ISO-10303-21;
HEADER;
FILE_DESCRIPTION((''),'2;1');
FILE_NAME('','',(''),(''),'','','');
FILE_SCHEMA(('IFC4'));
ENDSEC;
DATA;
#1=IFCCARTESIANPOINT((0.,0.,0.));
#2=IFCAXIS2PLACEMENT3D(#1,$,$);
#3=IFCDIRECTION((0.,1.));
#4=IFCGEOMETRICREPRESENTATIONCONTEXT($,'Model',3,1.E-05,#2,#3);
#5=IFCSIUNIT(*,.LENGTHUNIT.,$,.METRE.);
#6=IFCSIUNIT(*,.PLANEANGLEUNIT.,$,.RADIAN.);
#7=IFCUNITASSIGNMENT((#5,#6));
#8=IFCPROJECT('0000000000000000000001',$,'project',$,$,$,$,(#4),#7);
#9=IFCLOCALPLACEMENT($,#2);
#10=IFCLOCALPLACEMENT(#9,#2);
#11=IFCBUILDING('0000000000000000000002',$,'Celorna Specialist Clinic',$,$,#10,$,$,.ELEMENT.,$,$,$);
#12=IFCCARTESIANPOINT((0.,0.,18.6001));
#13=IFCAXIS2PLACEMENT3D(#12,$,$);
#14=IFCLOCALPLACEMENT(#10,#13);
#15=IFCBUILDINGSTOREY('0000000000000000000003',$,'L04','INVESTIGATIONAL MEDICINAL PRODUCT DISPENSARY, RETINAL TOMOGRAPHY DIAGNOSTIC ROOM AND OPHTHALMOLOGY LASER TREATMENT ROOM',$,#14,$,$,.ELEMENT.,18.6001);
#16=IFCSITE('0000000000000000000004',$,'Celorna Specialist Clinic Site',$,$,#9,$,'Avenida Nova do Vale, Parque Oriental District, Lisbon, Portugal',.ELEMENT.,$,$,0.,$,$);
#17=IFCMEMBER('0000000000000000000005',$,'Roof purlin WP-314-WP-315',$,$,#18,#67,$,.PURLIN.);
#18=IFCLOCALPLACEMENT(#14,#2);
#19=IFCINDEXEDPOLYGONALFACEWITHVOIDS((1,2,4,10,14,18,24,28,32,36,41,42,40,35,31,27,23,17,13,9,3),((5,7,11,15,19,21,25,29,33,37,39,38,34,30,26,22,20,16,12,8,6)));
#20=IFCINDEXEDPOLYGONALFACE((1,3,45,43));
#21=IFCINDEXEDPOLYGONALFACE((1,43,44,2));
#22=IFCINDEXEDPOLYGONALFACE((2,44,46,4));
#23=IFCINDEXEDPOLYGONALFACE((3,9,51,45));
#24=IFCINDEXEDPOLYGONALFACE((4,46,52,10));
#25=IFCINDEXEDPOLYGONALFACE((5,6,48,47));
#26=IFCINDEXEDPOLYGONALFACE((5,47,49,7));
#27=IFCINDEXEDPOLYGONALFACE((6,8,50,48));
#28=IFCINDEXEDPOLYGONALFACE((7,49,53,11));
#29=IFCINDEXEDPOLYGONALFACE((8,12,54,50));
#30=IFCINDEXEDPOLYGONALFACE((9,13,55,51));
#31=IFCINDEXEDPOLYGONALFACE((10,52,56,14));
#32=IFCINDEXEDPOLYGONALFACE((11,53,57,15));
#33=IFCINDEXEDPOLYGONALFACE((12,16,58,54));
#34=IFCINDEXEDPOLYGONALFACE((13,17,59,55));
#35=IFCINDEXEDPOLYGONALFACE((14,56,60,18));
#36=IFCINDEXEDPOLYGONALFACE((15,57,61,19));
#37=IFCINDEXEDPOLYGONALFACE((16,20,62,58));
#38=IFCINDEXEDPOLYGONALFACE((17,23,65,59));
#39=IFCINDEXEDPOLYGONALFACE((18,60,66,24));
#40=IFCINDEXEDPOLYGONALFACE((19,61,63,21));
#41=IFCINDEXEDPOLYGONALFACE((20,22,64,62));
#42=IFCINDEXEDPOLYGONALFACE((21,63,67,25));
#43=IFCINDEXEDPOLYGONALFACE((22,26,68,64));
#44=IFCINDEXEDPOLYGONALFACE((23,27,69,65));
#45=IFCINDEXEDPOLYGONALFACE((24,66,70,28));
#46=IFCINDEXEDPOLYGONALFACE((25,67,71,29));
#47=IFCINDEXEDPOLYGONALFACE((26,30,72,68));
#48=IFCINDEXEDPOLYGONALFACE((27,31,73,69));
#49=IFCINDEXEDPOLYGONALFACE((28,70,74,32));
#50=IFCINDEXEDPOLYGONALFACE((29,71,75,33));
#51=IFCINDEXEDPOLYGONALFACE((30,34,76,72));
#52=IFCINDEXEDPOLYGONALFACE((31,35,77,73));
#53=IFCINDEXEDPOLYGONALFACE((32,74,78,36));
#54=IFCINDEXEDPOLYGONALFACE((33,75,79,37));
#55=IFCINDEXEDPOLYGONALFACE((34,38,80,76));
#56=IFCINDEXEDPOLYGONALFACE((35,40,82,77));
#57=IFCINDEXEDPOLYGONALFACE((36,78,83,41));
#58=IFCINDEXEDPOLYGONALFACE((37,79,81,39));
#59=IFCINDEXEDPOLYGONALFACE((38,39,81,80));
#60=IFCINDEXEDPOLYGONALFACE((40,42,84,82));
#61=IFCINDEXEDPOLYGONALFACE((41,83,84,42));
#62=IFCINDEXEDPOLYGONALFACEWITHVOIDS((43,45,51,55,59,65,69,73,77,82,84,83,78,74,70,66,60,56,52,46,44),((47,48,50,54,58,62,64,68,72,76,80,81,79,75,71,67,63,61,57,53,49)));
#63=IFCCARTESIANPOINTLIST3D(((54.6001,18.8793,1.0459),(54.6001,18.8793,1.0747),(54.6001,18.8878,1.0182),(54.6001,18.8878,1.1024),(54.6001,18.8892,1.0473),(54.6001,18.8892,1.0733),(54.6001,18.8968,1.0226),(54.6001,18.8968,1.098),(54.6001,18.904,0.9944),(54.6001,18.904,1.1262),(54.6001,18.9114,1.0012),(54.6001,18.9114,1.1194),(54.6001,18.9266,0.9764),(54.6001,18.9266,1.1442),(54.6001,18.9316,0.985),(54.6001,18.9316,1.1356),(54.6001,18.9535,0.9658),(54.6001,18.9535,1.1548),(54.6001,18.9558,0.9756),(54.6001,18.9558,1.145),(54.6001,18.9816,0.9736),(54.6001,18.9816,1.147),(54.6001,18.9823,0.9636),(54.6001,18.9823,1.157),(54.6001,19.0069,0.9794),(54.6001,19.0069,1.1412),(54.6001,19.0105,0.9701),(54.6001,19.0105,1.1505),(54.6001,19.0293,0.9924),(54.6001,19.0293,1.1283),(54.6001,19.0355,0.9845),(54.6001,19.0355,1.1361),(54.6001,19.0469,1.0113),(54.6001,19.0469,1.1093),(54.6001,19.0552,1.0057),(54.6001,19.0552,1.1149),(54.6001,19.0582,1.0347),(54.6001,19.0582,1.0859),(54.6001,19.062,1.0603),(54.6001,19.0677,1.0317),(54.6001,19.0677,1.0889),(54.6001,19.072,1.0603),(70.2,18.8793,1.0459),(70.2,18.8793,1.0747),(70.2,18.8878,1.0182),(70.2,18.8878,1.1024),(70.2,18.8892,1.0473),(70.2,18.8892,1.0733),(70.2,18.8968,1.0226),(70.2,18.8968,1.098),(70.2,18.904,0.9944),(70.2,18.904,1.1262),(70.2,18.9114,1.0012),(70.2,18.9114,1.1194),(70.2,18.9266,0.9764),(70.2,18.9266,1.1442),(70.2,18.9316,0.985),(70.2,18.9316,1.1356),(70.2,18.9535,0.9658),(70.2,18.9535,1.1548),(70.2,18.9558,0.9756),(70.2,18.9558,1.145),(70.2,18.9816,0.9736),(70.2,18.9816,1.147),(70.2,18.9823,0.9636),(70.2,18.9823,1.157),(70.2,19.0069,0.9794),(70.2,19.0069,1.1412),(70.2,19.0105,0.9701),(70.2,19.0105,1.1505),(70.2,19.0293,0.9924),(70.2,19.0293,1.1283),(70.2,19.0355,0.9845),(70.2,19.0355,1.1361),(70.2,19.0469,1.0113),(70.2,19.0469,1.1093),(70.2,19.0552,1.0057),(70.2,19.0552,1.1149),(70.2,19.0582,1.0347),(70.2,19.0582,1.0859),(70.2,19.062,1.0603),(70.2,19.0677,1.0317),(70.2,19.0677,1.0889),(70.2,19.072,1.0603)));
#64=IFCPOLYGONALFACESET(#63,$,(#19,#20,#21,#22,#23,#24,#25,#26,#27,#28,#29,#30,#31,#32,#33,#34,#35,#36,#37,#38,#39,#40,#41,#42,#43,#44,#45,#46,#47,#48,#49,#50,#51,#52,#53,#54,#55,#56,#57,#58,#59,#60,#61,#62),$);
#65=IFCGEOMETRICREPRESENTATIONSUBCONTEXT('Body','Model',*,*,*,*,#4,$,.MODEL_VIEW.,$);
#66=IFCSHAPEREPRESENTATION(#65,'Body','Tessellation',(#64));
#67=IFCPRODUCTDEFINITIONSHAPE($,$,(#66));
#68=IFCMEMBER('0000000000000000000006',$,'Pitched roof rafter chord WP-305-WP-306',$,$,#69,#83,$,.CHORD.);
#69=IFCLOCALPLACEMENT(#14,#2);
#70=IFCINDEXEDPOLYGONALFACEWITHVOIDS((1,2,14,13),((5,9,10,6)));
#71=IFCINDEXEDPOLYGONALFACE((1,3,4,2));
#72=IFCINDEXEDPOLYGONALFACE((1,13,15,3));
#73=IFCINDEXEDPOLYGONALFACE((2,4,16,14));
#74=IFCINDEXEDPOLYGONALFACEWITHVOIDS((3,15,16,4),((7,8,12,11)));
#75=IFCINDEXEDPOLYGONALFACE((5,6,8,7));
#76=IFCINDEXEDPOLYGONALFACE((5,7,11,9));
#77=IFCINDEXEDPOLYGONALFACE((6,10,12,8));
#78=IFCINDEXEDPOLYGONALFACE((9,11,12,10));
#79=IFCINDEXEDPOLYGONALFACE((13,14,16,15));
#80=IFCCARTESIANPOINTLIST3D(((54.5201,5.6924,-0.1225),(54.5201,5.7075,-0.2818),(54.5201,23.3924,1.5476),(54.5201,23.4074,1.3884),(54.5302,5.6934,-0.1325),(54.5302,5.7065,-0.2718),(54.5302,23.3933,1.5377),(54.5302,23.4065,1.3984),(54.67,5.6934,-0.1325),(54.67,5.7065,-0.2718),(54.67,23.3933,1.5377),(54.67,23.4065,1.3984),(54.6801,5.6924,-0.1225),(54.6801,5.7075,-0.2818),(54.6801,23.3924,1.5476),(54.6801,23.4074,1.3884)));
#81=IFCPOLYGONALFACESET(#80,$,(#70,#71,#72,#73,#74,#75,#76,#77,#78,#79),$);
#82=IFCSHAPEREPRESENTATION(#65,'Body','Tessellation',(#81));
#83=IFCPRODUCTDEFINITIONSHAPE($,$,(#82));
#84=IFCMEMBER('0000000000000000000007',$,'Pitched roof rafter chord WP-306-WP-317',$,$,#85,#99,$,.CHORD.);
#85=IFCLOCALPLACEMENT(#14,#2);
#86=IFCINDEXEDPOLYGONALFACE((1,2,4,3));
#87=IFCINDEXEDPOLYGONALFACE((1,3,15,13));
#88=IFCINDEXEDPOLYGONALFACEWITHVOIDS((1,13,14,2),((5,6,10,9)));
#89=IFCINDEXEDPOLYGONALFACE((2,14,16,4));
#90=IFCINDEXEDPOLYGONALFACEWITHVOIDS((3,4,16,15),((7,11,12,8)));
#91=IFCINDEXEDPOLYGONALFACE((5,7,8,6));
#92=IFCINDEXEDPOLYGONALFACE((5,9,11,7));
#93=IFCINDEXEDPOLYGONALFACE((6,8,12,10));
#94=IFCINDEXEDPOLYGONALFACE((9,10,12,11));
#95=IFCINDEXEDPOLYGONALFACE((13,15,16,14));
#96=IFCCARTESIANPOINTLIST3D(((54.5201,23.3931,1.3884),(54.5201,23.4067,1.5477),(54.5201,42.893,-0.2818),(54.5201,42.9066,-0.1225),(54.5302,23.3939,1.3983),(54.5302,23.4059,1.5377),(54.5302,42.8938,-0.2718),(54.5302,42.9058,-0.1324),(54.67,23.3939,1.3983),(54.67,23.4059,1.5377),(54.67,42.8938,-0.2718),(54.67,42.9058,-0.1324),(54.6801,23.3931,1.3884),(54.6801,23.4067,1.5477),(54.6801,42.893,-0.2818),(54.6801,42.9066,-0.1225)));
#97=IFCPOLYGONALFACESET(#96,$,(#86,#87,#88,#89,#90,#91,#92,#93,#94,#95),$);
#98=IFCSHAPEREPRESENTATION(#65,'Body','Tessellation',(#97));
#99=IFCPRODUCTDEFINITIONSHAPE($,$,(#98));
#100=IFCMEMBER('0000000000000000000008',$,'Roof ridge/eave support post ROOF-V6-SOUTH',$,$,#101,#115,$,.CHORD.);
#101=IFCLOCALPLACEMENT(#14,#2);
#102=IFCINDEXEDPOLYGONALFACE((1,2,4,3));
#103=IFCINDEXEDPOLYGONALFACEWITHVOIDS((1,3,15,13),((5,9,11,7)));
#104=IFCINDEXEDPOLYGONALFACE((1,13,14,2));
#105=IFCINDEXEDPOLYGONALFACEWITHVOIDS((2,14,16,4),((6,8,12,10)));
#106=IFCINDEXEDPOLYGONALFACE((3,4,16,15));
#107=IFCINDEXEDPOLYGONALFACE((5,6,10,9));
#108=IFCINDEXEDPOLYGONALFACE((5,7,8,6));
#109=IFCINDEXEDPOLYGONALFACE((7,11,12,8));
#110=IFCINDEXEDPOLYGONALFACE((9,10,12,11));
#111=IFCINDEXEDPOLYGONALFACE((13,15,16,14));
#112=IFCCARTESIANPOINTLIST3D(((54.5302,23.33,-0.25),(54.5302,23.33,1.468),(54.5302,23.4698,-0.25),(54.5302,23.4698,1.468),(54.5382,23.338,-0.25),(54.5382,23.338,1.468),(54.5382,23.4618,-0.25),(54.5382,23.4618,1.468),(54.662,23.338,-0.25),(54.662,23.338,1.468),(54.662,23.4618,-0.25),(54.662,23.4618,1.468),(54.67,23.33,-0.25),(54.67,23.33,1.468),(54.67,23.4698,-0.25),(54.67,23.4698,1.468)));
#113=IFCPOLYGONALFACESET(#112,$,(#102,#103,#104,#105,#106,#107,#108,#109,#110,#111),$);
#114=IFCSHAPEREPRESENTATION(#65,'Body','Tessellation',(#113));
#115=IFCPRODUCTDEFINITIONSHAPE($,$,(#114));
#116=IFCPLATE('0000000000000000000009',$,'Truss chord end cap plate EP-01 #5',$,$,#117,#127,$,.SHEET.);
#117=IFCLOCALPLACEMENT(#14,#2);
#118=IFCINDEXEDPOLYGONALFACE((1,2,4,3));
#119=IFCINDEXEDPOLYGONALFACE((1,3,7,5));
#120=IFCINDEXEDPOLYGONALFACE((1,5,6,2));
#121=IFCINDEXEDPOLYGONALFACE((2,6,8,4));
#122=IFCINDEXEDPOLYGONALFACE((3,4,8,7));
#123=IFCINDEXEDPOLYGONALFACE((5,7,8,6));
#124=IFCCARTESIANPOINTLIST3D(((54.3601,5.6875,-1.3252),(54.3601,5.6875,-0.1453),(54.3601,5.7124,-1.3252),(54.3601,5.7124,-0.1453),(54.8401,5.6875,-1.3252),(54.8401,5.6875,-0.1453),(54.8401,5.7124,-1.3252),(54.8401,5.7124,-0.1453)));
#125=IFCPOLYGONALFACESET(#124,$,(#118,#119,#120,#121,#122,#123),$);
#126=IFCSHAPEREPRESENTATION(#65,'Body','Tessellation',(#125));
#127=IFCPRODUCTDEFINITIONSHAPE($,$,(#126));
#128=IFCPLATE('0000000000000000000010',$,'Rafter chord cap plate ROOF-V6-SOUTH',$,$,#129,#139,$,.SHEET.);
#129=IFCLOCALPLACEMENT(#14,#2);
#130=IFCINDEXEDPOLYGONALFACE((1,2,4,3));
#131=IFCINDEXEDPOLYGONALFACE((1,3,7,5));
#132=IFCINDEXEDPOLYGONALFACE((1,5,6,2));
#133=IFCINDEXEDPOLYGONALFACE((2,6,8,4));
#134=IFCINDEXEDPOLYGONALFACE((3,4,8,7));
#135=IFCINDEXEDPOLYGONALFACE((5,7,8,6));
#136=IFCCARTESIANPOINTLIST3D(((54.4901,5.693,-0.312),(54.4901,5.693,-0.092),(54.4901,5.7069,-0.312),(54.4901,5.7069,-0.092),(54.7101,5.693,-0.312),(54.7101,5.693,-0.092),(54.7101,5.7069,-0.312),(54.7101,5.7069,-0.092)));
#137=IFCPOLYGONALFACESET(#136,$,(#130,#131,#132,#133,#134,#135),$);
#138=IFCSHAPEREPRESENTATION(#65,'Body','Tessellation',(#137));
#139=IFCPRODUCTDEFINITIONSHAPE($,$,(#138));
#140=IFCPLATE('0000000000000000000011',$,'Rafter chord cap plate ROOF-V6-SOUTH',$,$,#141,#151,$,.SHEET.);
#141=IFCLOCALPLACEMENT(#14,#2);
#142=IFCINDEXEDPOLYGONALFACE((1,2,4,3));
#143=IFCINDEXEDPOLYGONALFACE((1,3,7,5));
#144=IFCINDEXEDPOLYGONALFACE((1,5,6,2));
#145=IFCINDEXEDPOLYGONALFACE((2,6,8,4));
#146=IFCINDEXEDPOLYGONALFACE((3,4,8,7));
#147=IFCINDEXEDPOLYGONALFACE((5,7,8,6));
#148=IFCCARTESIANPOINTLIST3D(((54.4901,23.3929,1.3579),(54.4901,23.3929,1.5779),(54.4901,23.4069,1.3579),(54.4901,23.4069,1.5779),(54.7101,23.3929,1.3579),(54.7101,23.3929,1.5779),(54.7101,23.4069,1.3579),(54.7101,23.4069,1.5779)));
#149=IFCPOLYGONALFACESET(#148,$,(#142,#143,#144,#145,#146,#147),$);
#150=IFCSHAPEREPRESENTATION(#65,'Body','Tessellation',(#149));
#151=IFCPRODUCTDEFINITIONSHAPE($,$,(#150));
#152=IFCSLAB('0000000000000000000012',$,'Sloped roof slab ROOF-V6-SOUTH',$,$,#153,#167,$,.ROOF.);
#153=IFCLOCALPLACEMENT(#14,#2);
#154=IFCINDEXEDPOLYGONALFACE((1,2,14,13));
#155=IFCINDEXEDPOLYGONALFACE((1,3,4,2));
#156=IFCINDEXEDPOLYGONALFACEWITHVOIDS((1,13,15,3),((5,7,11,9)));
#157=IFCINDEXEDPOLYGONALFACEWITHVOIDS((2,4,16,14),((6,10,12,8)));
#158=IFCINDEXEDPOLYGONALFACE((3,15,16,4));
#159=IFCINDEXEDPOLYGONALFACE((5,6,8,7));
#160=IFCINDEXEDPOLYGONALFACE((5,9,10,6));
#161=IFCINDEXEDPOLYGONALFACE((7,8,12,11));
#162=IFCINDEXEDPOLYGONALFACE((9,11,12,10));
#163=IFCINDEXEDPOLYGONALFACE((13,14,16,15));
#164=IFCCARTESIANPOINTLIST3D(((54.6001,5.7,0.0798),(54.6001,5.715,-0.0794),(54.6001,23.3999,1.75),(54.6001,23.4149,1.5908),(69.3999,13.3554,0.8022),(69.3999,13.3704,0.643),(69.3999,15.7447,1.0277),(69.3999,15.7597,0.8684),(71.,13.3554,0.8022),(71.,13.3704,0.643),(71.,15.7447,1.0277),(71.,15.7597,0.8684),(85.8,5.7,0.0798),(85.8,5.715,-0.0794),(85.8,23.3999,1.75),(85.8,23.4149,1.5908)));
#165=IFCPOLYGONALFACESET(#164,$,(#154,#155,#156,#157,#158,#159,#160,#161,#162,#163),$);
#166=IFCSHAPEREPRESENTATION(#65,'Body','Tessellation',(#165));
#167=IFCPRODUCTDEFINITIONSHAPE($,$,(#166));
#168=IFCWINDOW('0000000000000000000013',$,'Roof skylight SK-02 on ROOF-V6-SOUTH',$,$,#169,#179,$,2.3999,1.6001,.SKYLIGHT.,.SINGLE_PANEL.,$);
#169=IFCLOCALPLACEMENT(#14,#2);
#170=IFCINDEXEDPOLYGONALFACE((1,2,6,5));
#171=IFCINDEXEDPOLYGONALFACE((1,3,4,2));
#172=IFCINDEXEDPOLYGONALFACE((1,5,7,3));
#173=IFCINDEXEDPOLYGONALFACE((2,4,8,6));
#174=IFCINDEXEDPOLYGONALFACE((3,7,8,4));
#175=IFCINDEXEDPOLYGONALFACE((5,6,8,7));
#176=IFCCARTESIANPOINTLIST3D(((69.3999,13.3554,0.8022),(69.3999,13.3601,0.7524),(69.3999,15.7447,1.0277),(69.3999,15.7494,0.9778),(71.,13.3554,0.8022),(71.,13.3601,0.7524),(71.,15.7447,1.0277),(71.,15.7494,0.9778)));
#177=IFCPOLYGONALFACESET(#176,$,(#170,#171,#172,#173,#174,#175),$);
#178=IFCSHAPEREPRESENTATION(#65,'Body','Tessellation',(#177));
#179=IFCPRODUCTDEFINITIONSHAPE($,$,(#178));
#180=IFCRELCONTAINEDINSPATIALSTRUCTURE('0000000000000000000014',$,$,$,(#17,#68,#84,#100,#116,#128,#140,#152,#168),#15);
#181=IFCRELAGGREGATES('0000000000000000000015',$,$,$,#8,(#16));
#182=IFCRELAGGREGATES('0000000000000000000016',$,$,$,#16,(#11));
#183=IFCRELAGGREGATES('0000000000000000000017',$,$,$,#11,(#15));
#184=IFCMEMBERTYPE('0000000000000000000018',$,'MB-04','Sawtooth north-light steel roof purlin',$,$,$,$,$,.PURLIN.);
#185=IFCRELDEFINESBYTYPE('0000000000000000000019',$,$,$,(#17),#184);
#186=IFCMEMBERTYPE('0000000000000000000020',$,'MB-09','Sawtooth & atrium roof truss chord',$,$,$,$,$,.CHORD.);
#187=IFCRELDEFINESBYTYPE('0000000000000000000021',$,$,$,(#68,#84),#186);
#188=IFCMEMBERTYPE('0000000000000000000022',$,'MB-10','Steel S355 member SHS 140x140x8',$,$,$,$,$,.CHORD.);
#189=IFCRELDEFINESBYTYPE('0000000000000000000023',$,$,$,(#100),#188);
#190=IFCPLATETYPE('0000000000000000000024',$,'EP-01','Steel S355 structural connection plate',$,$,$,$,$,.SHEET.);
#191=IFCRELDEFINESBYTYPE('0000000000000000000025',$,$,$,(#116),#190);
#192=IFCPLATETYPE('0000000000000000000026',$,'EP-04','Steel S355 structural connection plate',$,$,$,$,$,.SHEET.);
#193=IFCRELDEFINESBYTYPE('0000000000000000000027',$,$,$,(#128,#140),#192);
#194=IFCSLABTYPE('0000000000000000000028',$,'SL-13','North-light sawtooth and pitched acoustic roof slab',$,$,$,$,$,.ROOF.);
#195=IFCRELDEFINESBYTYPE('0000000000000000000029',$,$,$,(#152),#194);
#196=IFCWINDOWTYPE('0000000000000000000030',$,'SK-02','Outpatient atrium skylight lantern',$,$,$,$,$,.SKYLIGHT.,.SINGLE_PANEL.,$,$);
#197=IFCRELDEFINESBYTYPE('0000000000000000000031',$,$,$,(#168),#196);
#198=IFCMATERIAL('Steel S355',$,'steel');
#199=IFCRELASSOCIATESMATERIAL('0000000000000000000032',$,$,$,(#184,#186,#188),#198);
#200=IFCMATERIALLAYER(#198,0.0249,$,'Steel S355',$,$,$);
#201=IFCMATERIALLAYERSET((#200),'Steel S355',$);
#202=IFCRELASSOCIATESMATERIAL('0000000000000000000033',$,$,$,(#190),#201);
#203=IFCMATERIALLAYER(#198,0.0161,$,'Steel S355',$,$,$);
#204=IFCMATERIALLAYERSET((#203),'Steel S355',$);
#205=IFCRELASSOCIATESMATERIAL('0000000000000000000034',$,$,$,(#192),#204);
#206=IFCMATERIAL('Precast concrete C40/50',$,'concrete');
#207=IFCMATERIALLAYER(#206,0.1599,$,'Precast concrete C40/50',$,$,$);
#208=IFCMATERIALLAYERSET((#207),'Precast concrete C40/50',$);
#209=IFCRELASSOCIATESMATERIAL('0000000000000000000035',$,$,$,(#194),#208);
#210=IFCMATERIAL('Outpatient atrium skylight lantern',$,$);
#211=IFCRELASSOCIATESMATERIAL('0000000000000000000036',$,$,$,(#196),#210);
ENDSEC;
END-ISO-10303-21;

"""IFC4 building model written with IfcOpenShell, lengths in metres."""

from ifc_helpers import new_model, si_unit, direction, frame, origin, origin_2d, place, context, subcontext, project, spatial, polyline, rectangle, hollow_rectangle, hollow_circle, outline, extrude, material, layer, layer_set, material_profile, profile_set, type_object, element, fill, save


model = new_model("IFC4")

# Units and contexts
model_context = context("Model", 3, precision=1e-05, world=origin(), true_north=direction((0.0, 1.0)))
body_context = subcontext(model_context, "Body", "Model", "MODEL_VIEW")
ifc_project = project(units=[si_unit("LENGTHUNIT", "METRE"), si_unit("PLANEANGLEUNIT", "RADIAN")], contexts=[model_context])

# Site, building, storey
site_placement = place(None, origin())
site = spatial("IfcSite", under=ifc_project, at=site_placement, Name="Celorna Specialist Clinic Site", LongName="Avenida Nova do Vale, Parque Oriental District, Lisbon, Portugal", CompositionType="ELEMENT", RefElevation=0.0)
building_placement = place(site_placement, origin())
building = spatial("IfcBuilding", under=site, at=building_placement, Name="Celorna Specialist Clinic", CompositionType="ELEMENT")
storey_placement = place(building_placement, frame((0.0, 0.0, 18.6001)))
storey = spatial("IfcBuildingStorey", under=building, at=storey_placement, Name="L04", Description="INVESTIGATIONAL MEDICINAL PRODUCT DISPENSARY, RETINAL TOMOGRAPHY DIAGNOSTIC ROOM AND OPHTHALMOLOGY LASER TREATMENT ROOM", CompositionType="ELEMENT", Elevation=18.6001)

# Shared definitions
ifc_material_1 = material(Name="Steel S355", Category="steel")

# Members
ifc_material_profile_1 = material_profile(ifc_material_1, hollow_circle(Radius=0.0969, WallThickness=0.01, at=origin_2d()), Name="CHS 193.7x10")
ifc_profile_set_1 = profile_set([ifc_material_profile_1], Name="Steel S355")
member_type_1 = type_object("IfcMemberType", Name="MB-04", Description="Sawtooth north-light steel roof purlin", PredefinedType="PURLIN", material=ifc_profile_set_1)
for number, where, z_axis, x_axis, name in (
    (1, (54.6001, 18.9751, 1.0603), (1.0, 0.0, 0.0), (0.0, 1.0, 0.0), "Roof purlin WP-314-WP-315"),
):
    element("IfcMember", number, at=place(storey_placement, frame(where, z_axis=z_axis, x_axis=x_axis)), inside=storey, type_object=member_type_1, Name=name, PredefinedType="PURLIN", context=body_context, shape_type="SweptSolid", body=[
        extrude(hollow_circle(Radius=0.0969, WallThickness=0.01, at=origin_2d()), origin(), (0.0, 0.0, 1.0), 15.5999),
    ])
ifc_material_profile_2 = material_profile(ifc_material_1, hollow_rectangle(XDim=0.1599, YDim=0.1599, WallThickness=0.01, at=origin_2d()), Name="SHS 160x160x10")
ifc_profile_set_2 = profile_set([ifc_material_profile_2], Name="Steel S355")
member_type_2 = type_object("IfcMemberType", Name="MB-09", Description="Sawtooth & atrium roof truss chord", PredefinedType="CHORD", material=ifc_profile_set_2)
member_1_placement = place(storey_placement, frame((54.6001, 5.7, -0.2021), z_axis=(0.0, 0.995578, 0.093943), x_axis=(-1.0, 0.0, 0.0)))
element("IfcMember", 2, at=member_1_placement, inside=storey, type_object=member_type_2, Name="Pitched roof rafter chord WP-305-WP-306", PredefinedType="CHORD", context=body_context, shape_type="SweptSolid", body=[
    extrude(hollow_rectangle(XDim=0.1599, YDim=0.1599, WallThickness=0.01, at=origin_2d()), origin(), (0.0, 0.0, 1.0), 17.7786),
])
member_2_placement = place(storey_placement, frame((54.6001, 23.3999, 1.468), z_axis=(0.0, 0.996352, -0.085337), x_axis=(-1.0, 0.0, 0.0)))
element("IfcMember", 3, at=member_2_placement, inside=storey, type_object=member_type_2, Name="Pitched roof rafter chord WP-306-WP-317", PredefinedType="CHORD", context=body_context, shape_type="SweptSolid", body=[
    extrude(hollow_rectangle(XDim=0.1599, YDim=0.1599, WallThickness=0.01, at=origin_2d()), origin(), (0.0, 0.0, 1.0), 19.5713),
])
ifc_material_profile_3 = material_profile(ifc_material_1, hollow_rectangle(XDim=0.1399, YDim=0.1399, WallThickness=0.0081, at=origin_2d()), Name="SHS 140x140x8")
ifc_profile_set_3 = profile_set([ifc_material_profile_3], Name="Steel S355")
member_type_3 = type_object("IfcMemberType", Name="MB-10", Description="Steel S355 member SHS 140x140x8", PredefinedType="CHORD", material=ifc_profile_set_3)
member_3_placement = place(storey_placement, frame((54.6001, 23.3999, -0.25), z_axis=(0.0, 0.0, 1.0), x_axis=(1.0, 0.0, 0.0)))
element("IfcMember", 4, at=member_3_placement, inside=storey, type_object=member_type_3, Name="Roof ridge/eave support post ROOF-V6-SOUTH", PredefinedType="CHORD", context=body_context, shape_type="SweptSolid", body=[
    extrude(hollow_rectangle(XDim=0.1399, YDim=0.1399, WallThickness=0.0081, at=origin_2d()), origin(), (0.0, 0.0, 1.0), 1.718),
])

# Plates
ifc_layer_1 = layer(ifc_material_1, 0.0249, Name="Steel S355")
ifc_layer_set_1 = layer_set([ifc_layer_1], Name="Steel S355")
plate_type_1 = type_object("IfcPlateType", Name="EP-01", Description="Steel S355 structural connection plate", PredefinedType="SHEET", material=ifc_layer_set_1)
plate_placement = place(storey_placement, frame((54.6001, 5.7, -1.3252), z_axis=(0.0, 0.0, 1.0), x_axis=(1.0, 0.0, 0.0)))
element("IfcPlate", 5, at=plate_placement, inside=storey, type_object=plate_type_1, Name="Truss chord end cap plate EP-01 #5", PredefinedType="SHEET", context=body_context, shape_type="SweptSolid", body=[
    extrude(rectangle(XDim=0.48, YDim=0.0249, at=origin_2d()), origin(), (0.0, 0.0, 1.0), 1.1799),
])
ifc_layer_2 = layer(ifc_material_1, 0.0161, Name="Steel S355")
ifc_layer_set_2 = layer_set([ifc_layer_2], Name="Steel S355")
plate_type_2 = type_object("IfcPlateType", Name="EP-04", Description="Steel S355 structural connection plate", PredefinedType="SHEET", material=ifc_layer_set_2)
for number, where, z_axis, x_axis, name in (
    (6, (54.6001, 5.7, -0.312), (0.0, 0.0, 1.0), (1.0, 0.0, 0.0), "Rafter chord cap plate ROOF-V6-SOUTH"),
    (7, (54.6001, 23.3999, 1.3579), (0.0, 0.0, 1.0), (1.0, 0.0, 0.0), "Rafter chord cap plate ROOF-V6-SOUTH"),
):
    element("IfcPlate", number, at=place(storey_placement, frame(where, z_axis=z_axis, x_axis=x_axis)), inside=storey, type_object=plate_type_2, Name=name, PredefinedType="SHEET", context=body_context, shape_type="SweptSolid", body=[
        extrude(rectangle(XDim=0.22, YDim=0.0139, at=origin_2d()), origin(), (0.0, 0.0, 1.0), 0.22),
    ])

# Slab, opening, window
ifc_material_2 = material(Name="Precast concrete C40/50", Category="concrete")
ifc_layer_3 = layer(ifc_material_2, 0.1599, Name="Precast concrete C40/50")
ifc_layer_set_3 = layer_set([ifc_layer_3], Name="Precast concrete C40/50")
slab_type = type_object("IfcSlabType", Name="SL-13", Description="North-light sawtooth and pitched acoustic roof slab", PredefinedType="ROOF", material=ifc_layer_set_3)
slab_1_placement = place(storey_placement, frame((54.6001, 5.7, 0.0798), z_axis=(0.0, -0.093943, 0.995578), x_axis=(1.0, 0.0, 0.0)))
slab_1 = element("IfcSlab", 8, at=slab_1_placement, inside=storey, type_object=slab_type, Name="Sloped roof slab ROOF-V6-SOUTH", PredefinedType="ROOF", context=body_context, shape_type="SweptSolid", body=[
    extrude(outline(polyline([(0.0, 0.0), (31.2, 0.0), (31.2, 17.7786), (0.0, 17.7786), (0.0, 0.0)])), origin(), (0.0, 0.0, -1.0), 0.1599),
])
opening_1_placement = place(slab_1_placement, frame((15.5999, 8.8894, 0.01)))
opening_1 = element("IfcOpeningElement", 9, at=opening_1_placement, cuts=slab_1, PredefinedType="OPENING", context=body_context, shape_type="SweptSolid", body=[
    extrude(rectangle(XDim=1.6001, YDim=2.3999, at=origin_2d()), origin(), (0.0, 0.0, -1.0), 0.1799),
])
ifc_material_3 = material(Name="Outpatient atrium skylight lantern")
window_type = type_object("IfcWindowType", Name="SK-02", Description="Outpatient atrium skylight lantern", PartitioningType="SINGLE_PANEL", PredefinedType="SKYLIGHT", material=ifc_material_3)
window_1_placement = place(opening_1_placement, frame((0.0, 0.0, -0.01)))
window_1 = element("IfcWindow", 10, at=window_1_placement, inside=storey, type_object=window_type, Name="Roof skylight SK-02 on ROOF-V6-SOUTH", OverallHeight=2.3999, OverallWidth=1.6001, PartitioningType="SINGLE_PANEL", PredefinedType="SKYLIGHT", context=body_context, shape_type="SweptSolid", body=[
    extrude(rectangle(XDim=1.6001, YDim=2.3999, at=origin_2d()), origin(), (0.0, 0.0, -1.0), 0.05),
])
fill(opening_1, window_1)

save(model, "model.ifc")
